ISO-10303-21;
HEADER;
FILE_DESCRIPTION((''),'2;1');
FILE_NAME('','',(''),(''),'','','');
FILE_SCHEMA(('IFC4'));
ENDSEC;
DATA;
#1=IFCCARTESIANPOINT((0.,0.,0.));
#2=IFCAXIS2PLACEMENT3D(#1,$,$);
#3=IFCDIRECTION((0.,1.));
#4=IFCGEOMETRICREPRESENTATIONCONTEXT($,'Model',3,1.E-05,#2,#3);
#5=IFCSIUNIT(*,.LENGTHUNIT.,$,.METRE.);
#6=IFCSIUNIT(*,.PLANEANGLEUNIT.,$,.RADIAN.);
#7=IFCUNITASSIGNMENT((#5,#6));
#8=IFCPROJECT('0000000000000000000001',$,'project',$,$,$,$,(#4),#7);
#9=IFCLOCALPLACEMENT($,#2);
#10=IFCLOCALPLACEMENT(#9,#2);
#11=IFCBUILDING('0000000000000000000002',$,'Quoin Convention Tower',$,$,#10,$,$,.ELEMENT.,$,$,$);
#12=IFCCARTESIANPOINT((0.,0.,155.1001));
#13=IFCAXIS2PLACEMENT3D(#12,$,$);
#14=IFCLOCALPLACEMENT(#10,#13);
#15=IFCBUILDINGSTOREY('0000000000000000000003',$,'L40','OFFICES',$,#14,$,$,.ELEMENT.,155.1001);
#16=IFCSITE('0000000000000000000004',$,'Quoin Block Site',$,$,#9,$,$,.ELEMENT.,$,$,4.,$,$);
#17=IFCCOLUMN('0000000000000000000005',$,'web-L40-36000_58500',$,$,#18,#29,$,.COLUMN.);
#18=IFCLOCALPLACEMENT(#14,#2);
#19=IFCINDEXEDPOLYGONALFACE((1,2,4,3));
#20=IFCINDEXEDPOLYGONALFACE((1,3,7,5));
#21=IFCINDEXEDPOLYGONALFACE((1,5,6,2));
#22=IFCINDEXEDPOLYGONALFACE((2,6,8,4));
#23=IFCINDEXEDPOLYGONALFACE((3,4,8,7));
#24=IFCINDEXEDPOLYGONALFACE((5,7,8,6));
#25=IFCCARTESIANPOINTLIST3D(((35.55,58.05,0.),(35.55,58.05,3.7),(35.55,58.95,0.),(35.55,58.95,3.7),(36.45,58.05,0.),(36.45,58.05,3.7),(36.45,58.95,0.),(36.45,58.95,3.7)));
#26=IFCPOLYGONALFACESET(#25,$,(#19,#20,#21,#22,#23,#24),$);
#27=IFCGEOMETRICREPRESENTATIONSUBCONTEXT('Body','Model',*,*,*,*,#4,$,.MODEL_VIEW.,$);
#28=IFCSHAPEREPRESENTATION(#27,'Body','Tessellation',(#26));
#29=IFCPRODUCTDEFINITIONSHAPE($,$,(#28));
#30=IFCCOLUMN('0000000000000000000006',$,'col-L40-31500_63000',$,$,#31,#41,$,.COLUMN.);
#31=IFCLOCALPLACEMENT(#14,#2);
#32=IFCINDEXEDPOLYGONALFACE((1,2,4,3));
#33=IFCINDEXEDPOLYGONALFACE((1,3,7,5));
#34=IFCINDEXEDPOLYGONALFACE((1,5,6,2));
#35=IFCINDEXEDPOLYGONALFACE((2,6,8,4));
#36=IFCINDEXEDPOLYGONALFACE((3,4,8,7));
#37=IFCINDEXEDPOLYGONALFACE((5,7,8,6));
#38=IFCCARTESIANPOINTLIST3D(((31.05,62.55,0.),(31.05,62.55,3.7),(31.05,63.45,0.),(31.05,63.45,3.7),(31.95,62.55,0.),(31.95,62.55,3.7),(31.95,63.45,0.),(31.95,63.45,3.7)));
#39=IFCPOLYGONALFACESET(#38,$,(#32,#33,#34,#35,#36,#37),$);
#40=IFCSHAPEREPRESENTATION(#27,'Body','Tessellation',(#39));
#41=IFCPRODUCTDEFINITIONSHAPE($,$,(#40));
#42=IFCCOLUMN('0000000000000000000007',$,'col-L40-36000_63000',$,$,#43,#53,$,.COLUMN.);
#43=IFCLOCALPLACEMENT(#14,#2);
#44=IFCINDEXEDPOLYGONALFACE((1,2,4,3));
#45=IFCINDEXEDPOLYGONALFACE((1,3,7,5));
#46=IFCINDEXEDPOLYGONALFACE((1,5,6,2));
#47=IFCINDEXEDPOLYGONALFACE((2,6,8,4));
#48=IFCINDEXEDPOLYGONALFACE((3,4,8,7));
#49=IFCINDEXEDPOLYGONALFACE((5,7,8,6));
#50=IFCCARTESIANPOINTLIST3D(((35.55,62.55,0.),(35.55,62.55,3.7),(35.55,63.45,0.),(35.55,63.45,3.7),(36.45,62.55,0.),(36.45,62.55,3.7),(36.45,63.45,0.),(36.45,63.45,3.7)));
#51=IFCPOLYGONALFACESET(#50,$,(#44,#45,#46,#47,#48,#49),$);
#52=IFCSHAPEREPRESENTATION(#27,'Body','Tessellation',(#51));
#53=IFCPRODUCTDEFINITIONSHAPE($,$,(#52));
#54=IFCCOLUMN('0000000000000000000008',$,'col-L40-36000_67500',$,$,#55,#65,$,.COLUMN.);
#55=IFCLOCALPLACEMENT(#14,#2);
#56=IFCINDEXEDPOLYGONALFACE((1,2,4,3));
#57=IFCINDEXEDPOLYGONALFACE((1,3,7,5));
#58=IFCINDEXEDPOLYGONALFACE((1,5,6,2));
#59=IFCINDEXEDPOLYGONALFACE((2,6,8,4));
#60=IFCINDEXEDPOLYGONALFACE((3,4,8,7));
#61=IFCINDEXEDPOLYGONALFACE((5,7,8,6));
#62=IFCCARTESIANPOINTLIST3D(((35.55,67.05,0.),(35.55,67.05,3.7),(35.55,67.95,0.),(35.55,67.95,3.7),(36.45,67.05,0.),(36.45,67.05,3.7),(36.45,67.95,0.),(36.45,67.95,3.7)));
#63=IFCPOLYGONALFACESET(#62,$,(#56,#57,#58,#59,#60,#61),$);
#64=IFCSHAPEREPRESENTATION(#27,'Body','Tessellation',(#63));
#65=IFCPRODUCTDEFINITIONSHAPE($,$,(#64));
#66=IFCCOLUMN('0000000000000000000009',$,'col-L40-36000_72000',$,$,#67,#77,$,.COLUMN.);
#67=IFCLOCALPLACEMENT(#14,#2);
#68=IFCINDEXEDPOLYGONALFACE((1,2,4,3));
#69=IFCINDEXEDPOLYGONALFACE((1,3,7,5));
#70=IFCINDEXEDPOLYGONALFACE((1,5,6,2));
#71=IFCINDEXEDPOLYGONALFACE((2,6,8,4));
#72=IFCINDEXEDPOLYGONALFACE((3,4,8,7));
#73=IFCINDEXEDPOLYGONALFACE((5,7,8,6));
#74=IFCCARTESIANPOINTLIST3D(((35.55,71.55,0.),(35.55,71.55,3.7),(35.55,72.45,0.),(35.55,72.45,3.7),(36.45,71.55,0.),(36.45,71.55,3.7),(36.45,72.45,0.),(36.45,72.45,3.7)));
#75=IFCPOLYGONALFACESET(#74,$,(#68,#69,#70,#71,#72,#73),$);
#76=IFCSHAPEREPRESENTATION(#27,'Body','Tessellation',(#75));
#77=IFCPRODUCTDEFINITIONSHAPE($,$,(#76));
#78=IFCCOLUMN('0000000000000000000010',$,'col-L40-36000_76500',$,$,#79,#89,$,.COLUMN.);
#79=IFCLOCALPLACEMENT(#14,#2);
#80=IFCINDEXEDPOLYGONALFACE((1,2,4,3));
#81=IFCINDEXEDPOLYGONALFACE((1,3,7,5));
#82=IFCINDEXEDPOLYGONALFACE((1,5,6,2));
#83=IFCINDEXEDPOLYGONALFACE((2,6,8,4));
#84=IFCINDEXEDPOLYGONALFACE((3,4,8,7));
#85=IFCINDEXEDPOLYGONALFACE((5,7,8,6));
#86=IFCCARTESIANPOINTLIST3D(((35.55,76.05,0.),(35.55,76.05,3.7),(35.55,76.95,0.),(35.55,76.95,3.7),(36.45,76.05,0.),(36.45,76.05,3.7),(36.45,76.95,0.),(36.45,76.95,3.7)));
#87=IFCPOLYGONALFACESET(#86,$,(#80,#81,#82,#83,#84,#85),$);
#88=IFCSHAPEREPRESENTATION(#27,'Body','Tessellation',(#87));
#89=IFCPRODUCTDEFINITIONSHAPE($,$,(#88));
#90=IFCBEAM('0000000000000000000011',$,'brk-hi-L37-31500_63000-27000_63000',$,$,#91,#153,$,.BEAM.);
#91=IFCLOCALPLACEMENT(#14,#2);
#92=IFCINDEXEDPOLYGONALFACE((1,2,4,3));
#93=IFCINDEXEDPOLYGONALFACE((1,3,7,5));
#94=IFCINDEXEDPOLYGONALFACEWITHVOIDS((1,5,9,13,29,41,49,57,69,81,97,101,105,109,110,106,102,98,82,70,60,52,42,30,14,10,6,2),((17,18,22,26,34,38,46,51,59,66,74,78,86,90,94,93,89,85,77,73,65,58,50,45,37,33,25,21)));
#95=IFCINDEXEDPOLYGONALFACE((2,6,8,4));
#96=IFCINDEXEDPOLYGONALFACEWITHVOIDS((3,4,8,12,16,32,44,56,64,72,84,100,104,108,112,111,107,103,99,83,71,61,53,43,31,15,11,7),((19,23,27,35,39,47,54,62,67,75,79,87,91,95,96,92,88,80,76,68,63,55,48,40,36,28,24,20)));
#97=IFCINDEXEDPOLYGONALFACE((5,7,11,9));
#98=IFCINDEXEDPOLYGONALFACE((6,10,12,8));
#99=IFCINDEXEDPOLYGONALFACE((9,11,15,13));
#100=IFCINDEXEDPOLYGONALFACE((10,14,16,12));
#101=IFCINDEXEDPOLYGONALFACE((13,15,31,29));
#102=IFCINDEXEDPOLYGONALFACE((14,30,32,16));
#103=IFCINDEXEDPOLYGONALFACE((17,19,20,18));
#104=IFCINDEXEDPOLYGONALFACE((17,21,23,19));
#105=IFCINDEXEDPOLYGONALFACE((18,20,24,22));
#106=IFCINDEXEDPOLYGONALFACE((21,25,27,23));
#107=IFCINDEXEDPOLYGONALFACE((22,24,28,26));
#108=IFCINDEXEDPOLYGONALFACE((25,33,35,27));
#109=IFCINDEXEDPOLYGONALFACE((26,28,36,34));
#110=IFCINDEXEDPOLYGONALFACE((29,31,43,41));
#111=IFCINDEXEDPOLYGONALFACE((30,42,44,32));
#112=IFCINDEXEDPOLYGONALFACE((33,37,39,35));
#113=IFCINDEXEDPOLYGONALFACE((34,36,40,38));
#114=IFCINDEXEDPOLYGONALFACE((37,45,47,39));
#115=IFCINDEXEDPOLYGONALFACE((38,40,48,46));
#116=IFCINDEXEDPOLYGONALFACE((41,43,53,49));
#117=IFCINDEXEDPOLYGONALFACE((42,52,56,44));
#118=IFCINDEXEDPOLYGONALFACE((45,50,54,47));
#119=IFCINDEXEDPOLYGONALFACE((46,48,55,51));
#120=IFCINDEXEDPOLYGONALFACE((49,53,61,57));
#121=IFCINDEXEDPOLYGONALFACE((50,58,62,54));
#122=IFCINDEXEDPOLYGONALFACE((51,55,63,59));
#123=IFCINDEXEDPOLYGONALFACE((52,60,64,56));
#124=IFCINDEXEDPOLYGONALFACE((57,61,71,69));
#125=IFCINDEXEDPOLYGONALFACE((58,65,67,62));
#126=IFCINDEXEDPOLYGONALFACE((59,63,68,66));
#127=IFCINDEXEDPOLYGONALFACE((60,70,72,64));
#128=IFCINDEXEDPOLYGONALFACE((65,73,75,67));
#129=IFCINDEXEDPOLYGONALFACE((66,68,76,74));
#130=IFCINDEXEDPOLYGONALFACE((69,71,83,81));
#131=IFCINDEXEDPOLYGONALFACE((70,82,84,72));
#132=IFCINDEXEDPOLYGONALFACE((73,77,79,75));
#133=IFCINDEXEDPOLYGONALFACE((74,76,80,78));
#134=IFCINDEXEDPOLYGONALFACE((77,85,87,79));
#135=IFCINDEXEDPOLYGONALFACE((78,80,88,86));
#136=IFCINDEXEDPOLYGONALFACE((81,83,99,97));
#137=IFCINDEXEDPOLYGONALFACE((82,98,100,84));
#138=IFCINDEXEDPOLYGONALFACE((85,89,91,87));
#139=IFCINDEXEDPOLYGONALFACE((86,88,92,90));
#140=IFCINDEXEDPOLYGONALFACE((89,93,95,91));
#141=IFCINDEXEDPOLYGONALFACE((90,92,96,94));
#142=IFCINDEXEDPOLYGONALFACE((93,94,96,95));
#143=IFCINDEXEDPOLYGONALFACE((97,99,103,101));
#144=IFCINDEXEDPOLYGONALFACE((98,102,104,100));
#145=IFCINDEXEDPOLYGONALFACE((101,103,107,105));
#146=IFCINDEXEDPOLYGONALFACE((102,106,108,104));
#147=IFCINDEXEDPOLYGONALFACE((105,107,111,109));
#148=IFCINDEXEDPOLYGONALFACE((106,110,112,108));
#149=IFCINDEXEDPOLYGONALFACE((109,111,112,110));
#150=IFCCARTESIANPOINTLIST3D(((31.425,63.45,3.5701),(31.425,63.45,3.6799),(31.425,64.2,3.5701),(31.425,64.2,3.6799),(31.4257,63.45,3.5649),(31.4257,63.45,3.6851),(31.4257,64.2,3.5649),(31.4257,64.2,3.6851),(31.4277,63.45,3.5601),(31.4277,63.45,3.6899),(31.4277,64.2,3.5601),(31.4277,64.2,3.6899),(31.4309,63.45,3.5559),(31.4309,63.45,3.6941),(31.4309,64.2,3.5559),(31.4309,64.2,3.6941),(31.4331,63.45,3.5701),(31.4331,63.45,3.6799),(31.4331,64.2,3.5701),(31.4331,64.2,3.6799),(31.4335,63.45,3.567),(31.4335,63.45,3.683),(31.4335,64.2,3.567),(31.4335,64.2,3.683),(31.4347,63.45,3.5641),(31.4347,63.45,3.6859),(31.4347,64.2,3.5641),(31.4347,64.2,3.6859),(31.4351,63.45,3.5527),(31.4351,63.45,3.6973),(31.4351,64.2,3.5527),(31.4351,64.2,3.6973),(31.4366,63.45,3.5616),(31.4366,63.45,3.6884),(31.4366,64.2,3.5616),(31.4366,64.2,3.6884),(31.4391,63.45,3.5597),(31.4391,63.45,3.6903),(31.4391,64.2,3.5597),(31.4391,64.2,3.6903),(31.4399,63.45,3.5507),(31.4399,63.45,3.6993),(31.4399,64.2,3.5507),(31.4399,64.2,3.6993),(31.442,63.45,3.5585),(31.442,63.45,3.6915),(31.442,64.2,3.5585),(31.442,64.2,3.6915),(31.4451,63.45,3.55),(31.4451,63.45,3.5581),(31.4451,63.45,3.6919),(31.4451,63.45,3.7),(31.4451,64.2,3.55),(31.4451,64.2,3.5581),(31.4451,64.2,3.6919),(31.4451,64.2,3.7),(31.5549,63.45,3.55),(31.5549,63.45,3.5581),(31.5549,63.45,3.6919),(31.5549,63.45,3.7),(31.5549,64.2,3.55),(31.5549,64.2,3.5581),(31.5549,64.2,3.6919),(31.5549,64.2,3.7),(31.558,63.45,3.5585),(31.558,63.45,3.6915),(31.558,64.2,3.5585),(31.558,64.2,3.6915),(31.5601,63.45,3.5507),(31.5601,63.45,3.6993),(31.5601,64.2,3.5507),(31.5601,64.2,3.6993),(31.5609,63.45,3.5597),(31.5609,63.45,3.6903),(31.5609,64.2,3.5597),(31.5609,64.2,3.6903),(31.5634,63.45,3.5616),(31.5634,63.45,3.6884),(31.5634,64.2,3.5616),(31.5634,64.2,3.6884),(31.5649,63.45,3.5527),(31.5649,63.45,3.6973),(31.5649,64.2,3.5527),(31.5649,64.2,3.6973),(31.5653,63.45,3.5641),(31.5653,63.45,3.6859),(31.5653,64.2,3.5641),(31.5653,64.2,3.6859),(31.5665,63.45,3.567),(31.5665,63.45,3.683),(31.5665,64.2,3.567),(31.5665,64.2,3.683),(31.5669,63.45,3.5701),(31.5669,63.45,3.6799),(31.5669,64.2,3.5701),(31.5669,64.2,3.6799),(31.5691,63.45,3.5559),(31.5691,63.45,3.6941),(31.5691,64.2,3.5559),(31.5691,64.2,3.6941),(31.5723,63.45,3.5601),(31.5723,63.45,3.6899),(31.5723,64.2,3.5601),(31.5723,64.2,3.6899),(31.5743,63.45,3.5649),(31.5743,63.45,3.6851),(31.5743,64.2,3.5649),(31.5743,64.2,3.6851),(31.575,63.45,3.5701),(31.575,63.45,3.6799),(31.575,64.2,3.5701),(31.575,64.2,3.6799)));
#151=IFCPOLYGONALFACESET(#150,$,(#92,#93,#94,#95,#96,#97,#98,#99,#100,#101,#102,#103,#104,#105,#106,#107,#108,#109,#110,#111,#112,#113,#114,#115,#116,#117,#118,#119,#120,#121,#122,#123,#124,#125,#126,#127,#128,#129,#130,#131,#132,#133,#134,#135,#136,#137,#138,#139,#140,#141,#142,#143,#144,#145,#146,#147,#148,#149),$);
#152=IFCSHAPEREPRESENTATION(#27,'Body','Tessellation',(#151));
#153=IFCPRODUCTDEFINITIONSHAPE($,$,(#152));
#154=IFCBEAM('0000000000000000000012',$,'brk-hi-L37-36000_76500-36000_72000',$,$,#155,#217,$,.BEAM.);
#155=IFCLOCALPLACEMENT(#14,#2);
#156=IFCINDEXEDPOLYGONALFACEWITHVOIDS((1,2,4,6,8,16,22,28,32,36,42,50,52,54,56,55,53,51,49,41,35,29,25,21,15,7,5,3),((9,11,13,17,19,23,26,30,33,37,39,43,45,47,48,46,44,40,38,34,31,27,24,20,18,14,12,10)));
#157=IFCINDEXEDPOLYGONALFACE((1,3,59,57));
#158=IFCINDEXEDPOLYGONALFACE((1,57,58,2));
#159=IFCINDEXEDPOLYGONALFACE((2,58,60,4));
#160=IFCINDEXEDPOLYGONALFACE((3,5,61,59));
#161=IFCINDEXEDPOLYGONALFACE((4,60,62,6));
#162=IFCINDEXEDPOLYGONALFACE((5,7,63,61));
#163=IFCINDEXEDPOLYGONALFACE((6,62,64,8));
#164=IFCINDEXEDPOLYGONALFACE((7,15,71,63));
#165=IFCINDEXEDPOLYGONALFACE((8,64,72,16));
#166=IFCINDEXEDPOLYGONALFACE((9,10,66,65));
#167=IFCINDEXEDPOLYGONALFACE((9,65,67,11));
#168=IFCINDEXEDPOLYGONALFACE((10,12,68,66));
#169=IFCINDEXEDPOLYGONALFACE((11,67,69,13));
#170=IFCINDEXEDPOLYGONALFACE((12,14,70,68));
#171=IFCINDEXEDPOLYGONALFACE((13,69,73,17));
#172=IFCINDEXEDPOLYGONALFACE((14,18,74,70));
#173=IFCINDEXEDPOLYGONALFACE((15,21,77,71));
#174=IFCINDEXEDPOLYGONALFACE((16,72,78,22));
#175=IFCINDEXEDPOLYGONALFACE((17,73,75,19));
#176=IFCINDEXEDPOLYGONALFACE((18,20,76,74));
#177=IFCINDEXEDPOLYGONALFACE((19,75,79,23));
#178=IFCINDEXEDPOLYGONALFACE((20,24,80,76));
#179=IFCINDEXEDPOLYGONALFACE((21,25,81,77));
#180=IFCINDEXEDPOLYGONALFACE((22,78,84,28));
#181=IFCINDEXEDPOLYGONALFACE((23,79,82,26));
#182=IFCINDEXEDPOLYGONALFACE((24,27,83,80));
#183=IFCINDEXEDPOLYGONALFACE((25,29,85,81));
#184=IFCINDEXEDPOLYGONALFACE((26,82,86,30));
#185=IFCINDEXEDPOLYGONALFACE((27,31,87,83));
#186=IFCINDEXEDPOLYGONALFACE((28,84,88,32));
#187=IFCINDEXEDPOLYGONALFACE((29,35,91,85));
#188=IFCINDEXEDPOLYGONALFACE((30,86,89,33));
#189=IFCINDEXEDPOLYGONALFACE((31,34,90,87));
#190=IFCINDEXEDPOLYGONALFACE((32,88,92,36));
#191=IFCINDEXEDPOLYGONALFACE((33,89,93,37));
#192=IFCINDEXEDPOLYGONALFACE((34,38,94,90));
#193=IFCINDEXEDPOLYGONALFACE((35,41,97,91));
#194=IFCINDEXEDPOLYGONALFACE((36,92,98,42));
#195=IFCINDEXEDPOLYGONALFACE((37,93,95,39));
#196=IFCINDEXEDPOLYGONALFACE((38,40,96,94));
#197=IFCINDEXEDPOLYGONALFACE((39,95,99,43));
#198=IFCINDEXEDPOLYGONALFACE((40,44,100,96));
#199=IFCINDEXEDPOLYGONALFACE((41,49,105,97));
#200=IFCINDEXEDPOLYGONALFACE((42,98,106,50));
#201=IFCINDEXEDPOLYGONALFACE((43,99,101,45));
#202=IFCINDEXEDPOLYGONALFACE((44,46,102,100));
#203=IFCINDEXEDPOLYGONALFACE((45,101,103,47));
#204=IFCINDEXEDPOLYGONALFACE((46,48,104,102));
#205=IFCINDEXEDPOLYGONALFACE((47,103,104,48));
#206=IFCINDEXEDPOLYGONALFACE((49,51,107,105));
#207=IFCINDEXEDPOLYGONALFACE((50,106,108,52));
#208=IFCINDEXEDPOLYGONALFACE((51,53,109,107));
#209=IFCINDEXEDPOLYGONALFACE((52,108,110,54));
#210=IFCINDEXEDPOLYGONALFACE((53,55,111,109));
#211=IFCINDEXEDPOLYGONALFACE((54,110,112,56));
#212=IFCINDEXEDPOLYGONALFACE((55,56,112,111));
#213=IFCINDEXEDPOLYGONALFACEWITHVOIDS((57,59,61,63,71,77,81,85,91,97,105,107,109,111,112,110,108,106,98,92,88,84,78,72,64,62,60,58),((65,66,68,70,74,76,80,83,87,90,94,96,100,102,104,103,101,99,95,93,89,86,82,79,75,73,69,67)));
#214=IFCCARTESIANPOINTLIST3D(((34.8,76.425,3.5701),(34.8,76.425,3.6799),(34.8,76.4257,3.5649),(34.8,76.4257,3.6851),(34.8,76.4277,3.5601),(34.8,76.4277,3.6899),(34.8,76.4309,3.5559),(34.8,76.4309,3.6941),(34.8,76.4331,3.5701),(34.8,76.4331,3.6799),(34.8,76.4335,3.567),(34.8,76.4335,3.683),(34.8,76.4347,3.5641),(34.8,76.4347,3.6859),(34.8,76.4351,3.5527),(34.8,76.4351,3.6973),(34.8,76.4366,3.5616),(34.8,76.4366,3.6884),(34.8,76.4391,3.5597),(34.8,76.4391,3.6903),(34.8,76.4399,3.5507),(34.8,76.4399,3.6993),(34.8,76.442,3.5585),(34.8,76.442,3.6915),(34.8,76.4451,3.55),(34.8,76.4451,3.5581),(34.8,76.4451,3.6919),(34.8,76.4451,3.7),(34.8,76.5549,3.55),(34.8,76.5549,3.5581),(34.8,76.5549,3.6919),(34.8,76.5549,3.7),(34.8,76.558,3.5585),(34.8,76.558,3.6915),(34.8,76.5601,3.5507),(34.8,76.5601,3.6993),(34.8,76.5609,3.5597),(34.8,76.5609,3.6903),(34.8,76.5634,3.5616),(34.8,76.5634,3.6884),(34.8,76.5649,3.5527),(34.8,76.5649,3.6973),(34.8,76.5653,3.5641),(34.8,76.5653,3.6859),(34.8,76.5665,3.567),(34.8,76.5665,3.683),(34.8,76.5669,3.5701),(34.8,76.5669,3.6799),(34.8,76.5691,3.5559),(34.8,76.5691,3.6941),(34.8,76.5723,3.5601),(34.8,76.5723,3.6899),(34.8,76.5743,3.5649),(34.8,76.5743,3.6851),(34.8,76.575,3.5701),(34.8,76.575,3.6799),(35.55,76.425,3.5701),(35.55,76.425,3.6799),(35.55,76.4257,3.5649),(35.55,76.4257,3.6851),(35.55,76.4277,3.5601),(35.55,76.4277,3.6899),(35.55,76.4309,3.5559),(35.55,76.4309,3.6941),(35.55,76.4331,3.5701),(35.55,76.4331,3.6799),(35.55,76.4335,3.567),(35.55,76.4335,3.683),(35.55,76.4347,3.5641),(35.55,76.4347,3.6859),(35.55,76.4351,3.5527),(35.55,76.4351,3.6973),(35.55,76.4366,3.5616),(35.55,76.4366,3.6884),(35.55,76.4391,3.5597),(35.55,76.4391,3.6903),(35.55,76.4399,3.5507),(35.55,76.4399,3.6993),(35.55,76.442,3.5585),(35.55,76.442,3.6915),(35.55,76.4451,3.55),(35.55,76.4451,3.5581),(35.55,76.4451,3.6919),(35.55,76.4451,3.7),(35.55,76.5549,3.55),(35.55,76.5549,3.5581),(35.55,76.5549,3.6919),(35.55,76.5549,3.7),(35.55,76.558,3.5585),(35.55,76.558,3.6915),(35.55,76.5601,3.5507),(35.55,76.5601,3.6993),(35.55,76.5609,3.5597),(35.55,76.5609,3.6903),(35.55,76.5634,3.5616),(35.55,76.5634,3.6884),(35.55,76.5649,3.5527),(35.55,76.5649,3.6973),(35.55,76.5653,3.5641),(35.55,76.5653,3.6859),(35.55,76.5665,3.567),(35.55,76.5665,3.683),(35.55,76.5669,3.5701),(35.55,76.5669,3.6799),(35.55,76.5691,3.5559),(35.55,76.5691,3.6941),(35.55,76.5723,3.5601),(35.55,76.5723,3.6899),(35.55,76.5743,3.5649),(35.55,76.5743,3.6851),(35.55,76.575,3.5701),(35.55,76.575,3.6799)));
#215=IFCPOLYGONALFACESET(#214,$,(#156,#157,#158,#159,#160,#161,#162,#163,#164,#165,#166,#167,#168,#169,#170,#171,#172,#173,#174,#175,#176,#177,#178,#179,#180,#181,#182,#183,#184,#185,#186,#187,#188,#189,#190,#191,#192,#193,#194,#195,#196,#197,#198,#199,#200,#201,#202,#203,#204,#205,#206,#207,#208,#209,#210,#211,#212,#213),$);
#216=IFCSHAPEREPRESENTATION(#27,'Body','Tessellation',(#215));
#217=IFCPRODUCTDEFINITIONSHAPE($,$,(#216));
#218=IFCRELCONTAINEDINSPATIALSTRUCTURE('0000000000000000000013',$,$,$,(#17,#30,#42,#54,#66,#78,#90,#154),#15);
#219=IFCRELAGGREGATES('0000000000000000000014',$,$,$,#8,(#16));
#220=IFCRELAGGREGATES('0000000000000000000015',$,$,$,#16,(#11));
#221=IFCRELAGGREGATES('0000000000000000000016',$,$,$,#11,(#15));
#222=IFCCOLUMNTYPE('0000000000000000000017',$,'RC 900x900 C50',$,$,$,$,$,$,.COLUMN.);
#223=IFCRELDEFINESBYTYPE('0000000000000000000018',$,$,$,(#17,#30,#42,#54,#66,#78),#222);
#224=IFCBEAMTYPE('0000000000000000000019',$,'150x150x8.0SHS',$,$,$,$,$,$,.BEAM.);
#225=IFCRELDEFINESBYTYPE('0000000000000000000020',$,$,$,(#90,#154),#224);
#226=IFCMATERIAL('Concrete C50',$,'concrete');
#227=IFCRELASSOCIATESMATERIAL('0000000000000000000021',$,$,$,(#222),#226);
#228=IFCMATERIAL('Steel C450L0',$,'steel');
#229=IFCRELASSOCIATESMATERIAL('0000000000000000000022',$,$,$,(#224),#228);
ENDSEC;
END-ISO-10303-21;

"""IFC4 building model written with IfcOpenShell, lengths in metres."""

from ifc_helpers import new_model, si_unit, direction, frame, origin, origin_2d, place, context, subcontext, project, spatial, rectangle, hollow_rectangle, extrude, material, material_profile, profile_set, type_object, element, save


model = new_model("IFC4")

# Units and contexts
model_context = context("Model", 3, precision=1e-05, world=origin(), true_north=direction((0.0, 1.0)))
body_context = subcontext(model_context, "Body", "Model", "MODEL_VIEW")
ifc_project = project(units=[si_unit("LENGTHUNIT", "METRE"), si_unit("PLANEANGLEUNIT", "RADIAN")], contexts=[model_context])

# Site, building, storey
site_placement = place(None, origin())
site = spatial("IfcSite", under=ifc_project, at=site_placement, Name="Quoin Block Site", CompositionType="ELEMENT", RefElevation=4.0)
building_placement = place(site_placement, origin())
building = spatial("IfcBuilding", under=site, at=building_placement, Name="Quoin Convention Tower", CompositionType="ELEMENT")
storey_placement = place(building_placement, frame((0.0, 0.0, 155.1001)))
storey = spatial("IfcBuildingStorey", under=building, at=storey_placement, Name="L40", Description="OFFICES", CompositionType="ELEMENT", Elevation=155.1001)

# Columns
ifc_material_1 = material(Name="Concrete C50", Category="concrete")
ifc_material_profile_1 = material_profile(ifc_material_1, rectangle(XDim=0.8999, YDim=0.8999, at=origin_2d()), Name="RC 900x900")
ifc_profile_set_1 = profile_set([ifc_material_profile_1], Name="Concrete C50")
column_type = type_object("IfcColumnType", Name="RC 900x900 C50", PredefinedType="COLUMN", material=ifc_profile_set_1)
for number, where, z_axis, x_axis, name in (
    (1, (36.0, 58.5, 0.0), (0.0, 0.0, 1.0), (1.0, 0.0, 0.0), "web-L40-36000_58500"),
    (2, (31.5, 63.0, 0.0), (0.0, 0.0, 1.0), (1.0, 0.0, 0.0), "col-L40-31500_63000"),
    (3, (36.0, 63.0, 0.0), (0.0, 0.0, 1.0), (1.0, 0.0, 0.0), "col-L40-36000_63000"),
    (4, (36.0, 67.5, 0.0), (0.0, 0.0, 1.0), (1.0, 0.0, 0.0), "col-L40-36000_67500"),
    (5, (36.0, 72.0, 0.0), (0.0, 0.0, 1.0), (1.0, 0.0, 0.0), "col-L40-36000_72000"),
    (6, (36.0, 76.5, 0.0), (0.0, 0.0, 1.0), (1.0, 0.0, 0.0), "col-L40-36000_76500"),
):
    element("IfcColumn", number, at=place(storey_placement, frame(where, z_axis=z_axis, x_axis=x_axis)), inside=storey, type_object=column_type, Name=name, PredefinedType="COLUMN", context=body_context, shape_type="SweptSolid", body=[
        extrude(rectangle(XDim=0.8999, YDim=0.8999, at=origin_2d()), origin(), (0.0, 0.0, 1.0), 3.7),
    ])

# Beams
ifc_material_2 = material(Name="Steel C450L0", Category="steel")
ifc_material_profile_2 = material_profile(ifc_material_2, hollow_rectangle(XDim=0.1499, YDim=0.1499, WallThickness=0.0081, InnerFilletRadius=0.012, OuterFilletRadius=0.02, at=origin_2d()), Name="150x150x8.0SHS")
ifc_profile_set_2 = profile_set([ifc_material_profile_2], Name="Steel C450L0")
beam_type_1 = type_object("IfcBeamType", Name="150x150x8.0SHS", PredefinedType="BEAM", material=ifc_profile_set_2)
for number, where, z_axis, x_axis, name in (
    (7, (31.5, 63.45, 3.625), (0.0, 1.0, 0.0), (-1.0, 0.0, 0.0), "brk-hi-L37-31500_63000-27000_63000"),
    (8, (35.55, 76.5, 3.625), (-1.0, 0.0, 0.0), (0.0, -1.0, 0.0), "brk-hi-L37-36000_76500-36000_72000"),
):
    element("IfcBeam", number, at=place(storey_placement, frame(where, z_axis=z_axis, x_axis=x_axis)), inside=storey, type_object=beam_type_1, Name=name, PredefinedType="BEAM", context=body_context, shape_type="SweptSolid", body=[
        extrude(hollow_rectangle(XDim=0.1499, YDim=0.1499, WallThickness=0.0081, InnerFilletRadius=0.012, OuterFilletRadius=0.02, at=origin_2d()), origin(), (0.0, 0.0, 1.0), 0.75),
    ])

save(model, "model.ifc")
